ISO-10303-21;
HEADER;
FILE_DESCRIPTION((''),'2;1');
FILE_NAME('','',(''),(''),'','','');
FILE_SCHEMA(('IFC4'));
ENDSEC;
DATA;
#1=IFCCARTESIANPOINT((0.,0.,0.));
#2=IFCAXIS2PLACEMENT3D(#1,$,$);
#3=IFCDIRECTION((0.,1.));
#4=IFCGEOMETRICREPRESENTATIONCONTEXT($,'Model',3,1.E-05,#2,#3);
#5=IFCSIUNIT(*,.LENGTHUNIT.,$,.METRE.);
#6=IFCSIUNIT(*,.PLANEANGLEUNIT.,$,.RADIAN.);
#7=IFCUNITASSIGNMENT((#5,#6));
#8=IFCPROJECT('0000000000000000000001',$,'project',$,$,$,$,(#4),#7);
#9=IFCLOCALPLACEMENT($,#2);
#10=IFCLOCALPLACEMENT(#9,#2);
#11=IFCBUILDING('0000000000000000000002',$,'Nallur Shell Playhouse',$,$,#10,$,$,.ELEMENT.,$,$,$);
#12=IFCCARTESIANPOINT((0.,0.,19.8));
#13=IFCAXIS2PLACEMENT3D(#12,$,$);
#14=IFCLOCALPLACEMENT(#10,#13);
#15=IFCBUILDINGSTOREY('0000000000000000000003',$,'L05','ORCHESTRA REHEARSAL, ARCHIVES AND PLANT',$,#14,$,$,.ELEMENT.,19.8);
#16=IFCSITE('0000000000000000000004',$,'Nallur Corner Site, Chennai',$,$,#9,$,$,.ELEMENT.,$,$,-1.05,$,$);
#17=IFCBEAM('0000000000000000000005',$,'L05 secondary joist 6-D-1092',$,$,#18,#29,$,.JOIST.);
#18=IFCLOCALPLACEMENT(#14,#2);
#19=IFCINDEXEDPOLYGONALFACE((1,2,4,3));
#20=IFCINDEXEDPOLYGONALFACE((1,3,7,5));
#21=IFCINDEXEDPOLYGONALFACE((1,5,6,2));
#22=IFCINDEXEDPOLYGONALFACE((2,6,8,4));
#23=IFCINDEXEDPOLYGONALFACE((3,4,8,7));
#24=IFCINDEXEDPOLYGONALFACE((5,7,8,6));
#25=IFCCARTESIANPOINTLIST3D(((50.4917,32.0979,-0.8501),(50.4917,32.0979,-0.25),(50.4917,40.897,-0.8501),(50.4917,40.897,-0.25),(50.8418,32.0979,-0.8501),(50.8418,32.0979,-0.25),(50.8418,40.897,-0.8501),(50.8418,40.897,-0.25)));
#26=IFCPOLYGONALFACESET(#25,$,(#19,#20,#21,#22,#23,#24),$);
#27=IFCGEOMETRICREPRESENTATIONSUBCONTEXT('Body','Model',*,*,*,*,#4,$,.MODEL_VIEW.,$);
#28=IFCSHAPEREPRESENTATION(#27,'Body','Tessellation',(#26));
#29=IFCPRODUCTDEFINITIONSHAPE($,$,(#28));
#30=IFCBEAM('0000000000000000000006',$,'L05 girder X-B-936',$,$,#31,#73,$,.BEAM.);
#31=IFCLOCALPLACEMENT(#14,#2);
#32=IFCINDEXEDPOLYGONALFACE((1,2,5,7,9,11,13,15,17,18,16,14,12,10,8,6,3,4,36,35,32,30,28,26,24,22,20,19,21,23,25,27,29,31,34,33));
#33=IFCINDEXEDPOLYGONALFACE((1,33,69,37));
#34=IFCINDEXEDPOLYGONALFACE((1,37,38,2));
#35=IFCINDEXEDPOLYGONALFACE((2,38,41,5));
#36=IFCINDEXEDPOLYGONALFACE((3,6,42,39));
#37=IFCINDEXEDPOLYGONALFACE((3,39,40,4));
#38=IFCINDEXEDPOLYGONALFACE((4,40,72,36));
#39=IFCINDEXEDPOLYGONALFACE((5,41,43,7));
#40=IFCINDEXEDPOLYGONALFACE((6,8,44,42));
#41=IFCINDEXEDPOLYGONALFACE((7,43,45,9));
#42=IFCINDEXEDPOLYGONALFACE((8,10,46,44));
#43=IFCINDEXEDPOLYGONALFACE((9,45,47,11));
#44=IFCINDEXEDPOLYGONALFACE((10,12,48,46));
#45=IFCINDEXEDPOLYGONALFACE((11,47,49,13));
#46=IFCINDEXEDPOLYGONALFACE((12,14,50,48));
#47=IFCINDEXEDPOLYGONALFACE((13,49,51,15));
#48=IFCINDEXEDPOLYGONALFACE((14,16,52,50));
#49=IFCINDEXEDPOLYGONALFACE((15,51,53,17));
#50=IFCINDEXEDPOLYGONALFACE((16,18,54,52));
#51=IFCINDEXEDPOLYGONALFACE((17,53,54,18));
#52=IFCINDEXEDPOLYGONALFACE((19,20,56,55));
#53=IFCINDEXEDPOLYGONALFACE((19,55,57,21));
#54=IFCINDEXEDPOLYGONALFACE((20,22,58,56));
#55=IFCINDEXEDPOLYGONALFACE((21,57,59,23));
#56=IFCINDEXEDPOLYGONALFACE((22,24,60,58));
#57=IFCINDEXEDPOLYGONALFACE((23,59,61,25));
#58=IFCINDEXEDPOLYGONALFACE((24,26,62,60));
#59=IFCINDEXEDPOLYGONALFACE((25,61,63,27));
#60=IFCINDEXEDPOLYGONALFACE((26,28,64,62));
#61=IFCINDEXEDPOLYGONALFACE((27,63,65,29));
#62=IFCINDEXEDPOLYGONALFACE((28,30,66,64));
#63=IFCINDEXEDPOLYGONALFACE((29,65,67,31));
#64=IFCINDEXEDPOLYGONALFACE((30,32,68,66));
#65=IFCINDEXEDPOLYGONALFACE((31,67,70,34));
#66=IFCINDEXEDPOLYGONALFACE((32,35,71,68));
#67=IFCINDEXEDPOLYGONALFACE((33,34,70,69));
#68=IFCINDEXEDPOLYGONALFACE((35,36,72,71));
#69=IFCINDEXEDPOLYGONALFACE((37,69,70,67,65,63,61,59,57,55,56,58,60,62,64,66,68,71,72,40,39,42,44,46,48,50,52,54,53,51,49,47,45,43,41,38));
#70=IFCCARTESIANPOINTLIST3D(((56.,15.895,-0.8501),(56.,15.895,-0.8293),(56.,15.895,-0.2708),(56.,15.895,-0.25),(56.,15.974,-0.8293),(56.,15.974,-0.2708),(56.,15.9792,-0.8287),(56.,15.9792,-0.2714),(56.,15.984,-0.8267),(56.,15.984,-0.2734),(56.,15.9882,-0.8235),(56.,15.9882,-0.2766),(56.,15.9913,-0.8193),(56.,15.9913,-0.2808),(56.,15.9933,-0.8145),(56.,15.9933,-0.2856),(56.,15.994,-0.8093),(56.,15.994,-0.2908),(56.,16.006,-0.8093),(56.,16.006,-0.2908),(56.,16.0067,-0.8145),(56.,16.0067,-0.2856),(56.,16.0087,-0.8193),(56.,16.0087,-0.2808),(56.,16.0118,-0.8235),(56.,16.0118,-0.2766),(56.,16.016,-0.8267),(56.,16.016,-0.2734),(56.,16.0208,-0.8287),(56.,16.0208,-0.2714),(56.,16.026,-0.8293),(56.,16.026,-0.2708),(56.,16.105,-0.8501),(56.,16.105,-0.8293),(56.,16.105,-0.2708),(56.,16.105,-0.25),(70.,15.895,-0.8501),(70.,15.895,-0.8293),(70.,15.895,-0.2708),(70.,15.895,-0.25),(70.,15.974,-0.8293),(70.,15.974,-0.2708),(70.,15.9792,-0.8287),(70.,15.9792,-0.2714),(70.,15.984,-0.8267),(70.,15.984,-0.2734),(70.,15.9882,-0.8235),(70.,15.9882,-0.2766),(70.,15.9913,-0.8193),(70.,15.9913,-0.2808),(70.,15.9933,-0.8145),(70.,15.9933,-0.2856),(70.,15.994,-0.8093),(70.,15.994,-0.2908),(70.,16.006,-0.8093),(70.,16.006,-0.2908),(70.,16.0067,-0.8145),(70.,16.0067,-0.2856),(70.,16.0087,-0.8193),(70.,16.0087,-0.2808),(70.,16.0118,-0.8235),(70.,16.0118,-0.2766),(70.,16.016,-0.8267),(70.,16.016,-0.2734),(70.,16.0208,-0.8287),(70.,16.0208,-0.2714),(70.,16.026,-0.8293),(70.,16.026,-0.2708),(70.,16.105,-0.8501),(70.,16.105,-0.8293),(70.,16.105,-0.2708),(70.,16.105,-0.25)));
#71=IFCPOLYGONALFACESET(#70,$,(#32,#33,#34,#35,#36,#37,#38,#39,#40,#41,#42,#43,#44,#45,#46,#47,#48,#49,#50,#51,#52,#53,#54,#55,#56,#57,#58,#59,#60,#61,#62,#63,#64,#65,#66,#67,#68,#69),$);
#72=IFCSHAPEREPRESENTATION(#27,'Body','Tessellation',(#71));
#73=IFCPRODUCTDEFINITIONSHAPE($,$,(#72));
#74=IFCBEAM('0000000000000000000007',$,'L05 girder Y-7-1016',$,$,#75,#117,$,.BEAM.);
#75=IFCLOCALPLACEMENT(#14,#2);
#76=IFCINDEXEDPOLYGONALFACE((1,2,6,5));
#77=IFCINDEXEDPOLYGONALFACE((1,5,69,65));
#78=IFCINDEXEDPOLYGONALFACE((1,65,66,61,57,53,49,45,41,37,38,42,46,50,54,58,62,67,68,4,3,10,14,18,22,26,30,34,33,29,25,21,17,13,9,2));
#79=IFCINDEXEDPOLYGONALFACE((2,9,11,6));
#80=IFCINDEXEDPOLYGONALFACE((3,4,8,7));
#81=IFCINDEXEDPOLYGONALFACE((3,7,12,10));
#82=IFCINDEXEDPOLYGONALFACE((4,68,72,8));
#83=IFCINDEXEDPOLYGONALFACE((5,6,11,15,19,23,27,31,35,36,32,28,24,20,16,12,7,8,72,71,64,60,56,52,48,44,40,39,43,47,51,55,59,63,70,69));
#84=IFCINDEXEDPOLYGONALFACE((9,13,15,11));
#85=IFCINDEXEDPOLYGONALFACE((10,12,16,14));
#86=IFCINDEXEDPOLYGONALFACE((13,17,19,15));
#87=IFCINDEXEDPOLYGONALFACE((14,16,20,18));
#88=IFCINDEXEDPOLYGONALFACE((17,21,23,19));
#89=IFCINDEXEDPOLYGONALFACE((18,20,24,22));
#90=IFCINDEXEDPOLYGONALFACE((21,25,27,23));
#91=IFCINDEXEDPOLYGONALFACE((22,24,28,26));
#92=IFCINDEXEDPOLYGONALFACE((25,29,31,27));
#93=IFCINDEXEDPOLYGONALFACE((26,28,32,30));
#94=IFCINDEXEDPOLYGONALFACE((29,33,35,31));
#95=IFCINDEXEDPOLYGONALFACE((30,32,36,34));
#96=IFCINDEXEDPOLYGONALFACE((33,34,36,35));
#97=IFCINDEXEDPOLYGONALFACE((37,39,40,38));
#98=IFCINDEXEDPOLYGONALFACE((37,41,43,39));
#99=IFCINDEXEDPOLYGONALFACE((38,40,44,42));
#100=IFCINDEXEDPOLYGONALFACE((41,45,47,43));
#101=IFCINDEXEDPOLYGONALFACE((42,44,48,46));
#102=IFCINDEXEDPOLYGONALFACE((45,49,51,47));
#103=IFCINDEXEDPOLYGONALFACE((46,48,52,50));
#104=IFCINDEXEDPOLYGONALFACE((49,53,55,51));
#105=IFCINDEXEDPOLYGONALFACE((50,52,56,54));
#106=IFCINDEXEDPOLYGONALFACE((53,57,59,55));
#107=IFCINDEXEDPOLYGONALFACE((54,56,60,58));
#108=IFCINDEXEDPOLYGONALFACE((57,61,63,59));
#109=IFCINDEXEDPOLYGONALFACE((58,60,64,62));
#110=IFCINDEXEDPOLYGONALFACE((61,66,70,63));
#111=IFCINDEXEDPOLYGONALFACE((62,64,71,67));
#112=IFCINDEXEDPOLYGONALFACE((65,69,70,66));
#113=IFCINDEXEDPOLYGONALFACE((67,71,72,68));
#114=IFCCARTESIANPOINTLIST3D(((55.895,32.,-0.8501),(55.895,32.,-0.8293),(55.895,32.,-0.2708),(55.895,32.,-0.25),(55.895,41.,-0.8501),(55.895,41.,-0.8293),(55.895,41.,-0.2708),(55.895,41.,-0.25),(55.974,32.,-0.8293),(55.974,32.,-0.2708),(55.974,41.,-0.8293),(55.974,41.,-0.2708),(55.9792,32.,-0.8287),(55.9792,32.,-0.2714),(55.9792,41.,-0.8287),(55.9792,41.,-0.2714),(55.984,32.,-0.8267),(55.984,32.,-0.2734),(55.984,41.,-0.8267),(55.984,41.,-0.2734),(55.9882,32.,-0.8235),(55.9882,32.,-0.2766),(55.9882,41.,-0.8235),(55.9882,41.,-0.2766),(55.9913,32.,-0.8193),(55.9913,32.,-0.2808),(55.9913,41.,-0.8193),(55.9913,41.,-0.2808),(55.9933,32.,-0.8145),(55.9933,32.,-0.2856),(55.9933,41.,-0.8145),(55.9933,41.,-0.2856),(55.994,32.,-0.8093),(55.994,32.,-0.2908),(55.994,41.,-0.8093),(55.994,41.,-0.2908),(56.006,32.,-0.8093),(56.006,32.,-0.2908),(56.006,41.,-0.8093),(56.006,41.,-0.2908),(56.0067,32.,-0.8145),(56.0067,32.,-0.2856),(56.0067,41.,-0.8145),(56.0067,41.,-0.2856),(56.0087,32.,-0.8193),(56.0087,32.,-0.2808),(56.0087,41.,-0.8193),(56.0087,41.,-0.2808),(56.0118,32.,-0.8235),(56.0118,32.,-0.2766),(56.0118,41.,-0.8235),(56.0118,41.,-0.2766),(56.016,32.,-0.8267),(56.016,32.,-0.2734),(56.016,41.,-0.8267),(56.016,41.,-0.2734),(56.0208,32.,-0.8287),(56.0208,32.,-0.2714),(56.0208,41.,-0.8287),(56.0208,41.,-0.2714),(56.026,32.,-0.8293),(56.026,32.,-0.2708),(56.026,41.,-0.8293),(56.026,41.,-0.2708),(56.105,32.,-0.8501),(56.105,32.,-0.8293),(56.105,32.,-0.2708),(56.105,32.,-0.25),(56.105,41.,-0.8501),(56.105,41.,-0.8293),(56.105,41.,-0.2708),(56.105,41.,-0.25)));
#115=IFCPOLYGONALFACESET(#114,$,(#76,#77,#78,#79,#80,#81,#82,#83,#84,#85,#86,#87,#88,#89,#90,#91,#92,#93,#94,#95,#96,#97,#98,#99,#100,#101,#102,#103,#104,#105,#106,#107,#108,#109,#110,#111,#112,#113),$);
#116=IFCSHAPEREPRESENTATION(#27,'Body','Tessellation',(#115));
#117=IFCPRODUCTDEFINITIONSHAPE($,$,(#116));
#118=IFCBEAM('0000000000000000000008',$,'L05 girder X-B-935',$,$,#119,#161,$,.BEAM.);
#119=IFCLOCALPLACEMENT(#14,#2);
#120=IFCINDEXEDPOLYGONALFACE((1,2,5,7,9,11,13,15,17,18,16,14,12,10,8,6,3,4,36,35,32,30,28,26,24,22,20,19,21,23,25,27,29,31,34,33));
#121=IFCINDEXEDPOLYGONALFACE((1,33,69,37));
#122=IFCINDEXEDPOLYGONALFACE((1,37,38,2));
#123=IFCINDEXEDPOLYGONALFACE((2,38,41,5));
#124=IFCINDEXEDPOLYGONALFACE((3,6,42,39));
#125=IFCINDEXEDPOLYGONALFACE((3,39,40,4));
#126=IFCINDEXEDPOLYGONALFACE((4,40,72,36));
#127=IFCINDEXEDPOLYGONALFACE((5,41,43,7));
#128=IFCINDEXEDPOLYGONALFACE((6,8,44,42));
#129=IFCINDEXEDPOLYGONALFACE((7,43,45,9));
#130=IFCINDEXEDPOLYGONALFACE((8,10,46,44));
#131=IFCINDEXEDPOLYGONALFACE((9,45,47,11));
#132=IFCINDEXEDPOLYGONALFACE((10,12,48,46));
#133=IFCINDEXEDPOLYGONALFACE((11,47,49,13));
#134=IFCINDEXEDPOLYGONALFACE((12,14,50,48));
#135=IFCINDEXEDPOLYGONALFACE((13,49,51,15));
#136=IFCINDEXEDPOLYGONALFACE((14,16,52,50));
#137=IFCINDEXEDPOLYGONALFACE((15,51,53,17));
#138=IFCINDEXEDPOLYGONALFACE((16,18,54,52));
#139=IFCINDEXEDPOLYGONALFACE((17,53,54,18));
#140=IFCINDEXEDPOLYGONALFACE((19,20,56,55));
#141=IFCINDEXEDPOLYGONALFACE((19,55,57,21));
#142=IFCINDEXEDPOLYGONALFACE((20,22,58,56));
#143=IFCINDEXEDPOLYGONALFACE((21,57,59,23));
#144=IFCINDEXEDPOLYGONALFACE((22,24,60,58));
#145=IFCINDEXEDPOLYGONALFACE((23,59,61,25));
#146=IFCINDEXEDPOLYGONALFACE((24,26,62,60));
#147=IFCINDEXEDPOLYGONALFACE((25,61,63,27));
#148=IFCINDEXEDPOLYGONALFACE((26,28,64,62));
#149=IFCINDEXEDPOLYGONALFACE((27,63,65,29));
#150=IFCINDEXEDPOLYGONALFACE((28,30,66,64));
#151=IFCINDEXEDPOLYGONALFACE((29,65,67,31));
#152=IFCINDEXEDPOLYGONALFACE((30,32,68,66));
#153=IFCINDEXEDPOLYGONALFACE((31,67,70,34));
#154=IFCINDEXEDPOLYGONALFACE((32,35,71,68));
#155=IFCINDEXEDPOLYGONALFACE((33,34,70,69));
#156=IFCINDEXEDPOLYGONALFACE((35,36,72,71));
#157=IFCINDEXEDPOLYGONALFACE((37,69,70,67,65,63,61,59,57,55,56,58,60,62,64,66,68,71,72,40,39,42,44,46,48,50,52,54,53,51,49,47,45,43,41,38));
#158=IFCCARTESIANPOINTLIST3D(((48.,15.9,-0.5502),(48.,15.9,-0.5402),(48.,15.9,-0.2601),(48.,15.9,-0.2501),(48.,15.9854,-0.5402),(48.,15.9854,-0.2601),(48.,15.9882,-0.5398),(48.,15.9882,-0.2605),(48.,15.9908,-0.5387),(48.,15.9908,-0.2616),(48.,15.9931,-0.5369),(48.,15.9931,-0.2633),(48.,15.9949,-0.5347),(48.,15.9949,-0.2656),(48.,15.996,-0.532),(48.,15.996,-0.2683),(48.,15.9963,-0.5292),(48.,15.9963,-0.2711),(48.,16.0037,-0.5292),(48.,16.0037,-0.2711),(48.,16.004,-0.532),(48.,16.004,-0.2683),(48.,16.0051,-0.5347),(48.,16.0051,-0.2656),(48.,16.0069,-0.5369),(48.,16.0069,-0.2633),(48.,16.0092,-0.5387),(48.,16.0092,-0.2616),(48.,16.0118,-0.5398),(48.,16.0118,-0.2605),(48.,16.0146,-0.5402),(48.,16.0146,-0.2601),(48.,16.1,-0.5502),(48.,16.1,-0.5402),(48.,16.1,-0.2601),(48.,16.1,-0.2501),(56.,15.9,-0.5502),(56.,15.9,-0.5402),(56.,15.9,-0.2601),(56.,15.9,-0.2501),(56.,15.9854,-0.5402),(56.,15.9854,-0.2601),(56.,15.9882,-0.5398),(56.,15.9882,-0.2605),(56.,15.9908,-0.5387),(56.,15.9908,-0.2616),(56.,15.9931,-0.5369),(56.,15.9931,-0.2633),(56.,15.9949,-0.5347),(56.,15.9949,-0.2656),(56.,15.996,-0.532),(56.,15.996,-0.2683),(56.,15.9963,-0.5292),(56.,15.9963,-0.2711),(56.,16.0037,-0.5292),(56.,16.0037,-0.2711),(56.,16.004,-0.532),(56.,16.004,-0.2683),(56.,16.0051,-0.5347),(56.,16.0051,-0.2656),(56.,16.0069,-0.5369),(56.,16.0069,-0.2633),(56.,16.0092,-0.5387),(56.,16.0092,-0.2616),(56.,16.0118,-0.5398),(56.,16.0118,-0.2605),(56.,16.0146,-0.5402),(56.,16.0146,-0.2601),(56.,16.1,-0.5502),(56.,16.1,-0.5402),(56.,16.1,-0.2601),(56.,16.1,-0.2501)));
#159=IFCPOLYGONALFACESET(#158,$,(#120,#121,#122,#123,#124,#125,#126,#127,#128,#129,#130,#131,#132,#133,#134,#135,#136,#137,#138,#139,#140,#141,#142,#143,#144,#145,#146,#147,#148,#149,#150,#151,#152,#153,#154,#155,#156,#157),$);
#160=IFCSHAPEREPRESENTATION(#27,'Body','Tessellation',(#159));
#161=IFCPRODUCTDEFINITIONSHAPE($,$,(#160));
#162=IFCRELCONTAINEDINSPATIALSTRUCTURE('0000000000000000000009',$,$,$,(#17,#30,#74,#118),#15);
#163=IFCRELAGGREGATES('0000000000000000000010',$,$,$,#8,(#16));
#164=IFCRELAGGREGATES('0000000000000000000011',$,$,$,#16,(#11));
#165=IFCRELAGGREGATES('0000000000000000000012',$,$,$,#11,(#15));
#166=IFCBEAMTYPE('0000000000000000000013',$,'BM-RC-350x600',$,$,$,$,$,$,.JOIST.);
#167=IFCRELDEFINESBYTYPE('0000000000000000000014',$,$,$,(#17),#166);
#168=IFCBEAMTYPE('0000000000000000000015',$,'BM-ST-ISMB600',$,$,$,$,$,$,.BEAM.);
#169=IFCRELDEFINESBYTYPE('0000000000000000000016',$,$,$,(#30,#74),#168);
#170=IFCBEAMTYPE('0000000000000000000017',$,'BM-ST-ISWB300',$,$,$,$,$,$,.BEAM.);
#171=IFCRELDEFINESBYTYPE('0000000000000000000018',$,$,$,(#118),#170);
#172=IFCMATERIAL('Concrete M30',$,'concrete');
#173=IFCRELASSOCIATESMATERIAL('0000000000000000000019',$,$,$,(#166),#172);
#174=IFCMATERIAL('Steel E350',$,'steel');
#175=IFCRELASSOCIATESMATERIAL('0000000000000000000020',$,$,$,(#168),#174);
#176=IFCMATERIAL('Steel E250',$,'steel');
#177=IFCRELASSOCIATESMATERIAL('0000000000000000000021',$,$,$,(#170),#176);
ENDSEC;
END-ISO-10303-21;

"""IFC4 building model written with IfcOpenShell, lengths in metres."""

from ifc_helpers import new_model, si_unit, direction, frame, origin, origin_2d, place, context, subcontext, project, spatial, rectangle, i_section, extrude, material, material_profile, profile_set, type_object, element, save


model = new_model("IFC4")

# Units and contexts
model_context = context("Model", 3, precision=1e-05, world=origin(), true_north=direction((0.0, 1.0)))
body_context = subcontext(model_context, "Body", "Model", "MODEL_VIEW")
ifc_project = project(units=[si_unit("LENGTHUNIT", "METRE"), si_unit("PLANEANGLEUNIT", "RADIAN")], contexts=[model_context])

# Site, building, storey
site_placement = place(None, origin())
site = spatial("IfcSite", under=ifc_project, at=site_placement, Name="Nallur Corner Site, Chennai", CompositionType="ELEMENT", RefElevation=-1.05)
building_placement = place(site_placement, origin())
building = spatial("IfcBuilding", under=site, at=building_placement, Name="Nallur Shell Playhouse", CompositionType="ELEMENT")
storey_placement = place(building_placement, frame((0.0, 0.0, 19.8)))
storey = spatial("IfcBuildingStorey", under=building, at=storey_placement, Name="L05", Description="ORCHESTRA REHEARSAL, ARCHIVES AND PLANT", CompositionType="ELEMENT", Elevation=19.8)

# Beams
ifc_material_1 = material(Name="Steel E250", Category="steel")
ifc_material_2 = material(Name="Concrete M30", Category="concrete")
ifc_material_profile_1 = material_profile(ifc_material_2, rectangle(XDim=0.3501, YDim=0.6001, at=origin_2d()), Name="RC 350x600")
ifc_profile_set_1 = profile_set([ifc_material_profile_1], Name="Concrete M30")
beam_type_1 = type_object("IfcBeamType", Name="BM-RC-350x600", PredefinedType="JOIST", material=ifc_profile_set_1)
beam_1_placement = place(storey_placement, frame((50.6667, 32.0979, -0.55), z_axis=(0.0, 1.0, 0.0), x_axis=(-1.0, 0.0, 0.0)))
element("IfcBeam", 1, at=beam_1_placement, inside=storey, type_object=beam_type_1, Name="L05 secondary joist 6-D-1092", PredefinedType="JOIST", context=body_context, shape_type="SweptSolid", body=[
    extrude(rectangle(XDim=0.3501, YDim=0.6001, at=origin_2d()), origin(), (0.0, 0.0, 1.0), 8.7991),
])
ifc_material_3 = material(Name="Steel E350", Category="steel")
ifc_material_profile_2 = material_profile(ifc_material_3, i_section(OverallWidth=0.21, OverallDepth=0.6001, WebThickness=0.012, FlangeThickness=0.0208, FilletRadius=0.02, at=origin_2d()), Name="ISMB 600")
ifc_profile_set_2 = profile_set([ifc_material_profile_2], Name="Steel E350")
beam_type_2 = type_object("IfcBeamType", Name="BM-ST-ISMB600", PredefinedType="BEAM", material=ifc_profile_set_2)
beam_2_placement = place(storey_placement, frame((56.0, 16.0, -0.55), z_axis=(1.0, 0.0, 0.0), x_axis=(0.0, 1.0, 0.0)))
element("IfcBeam", 2, at=beam_2_placement, inside=storey, type_object=beam_type_2, Name="L05 girder X-B-936", PredefinedType="BEAM", context=body_context, shape_type="SweptSolid", body=[
    extrude(i_section(OverallWidth=0.21, OverallDepth=0.6001, WebThickness=0.012, FlangeThickness=0.0208, FilletRadius=0.02, at=origin_2d()), origin(), (0.0, 0.0, 1.0), 14.0),
])
beam_3_placement = place(storey_placement, frame((56.0, 32.0, -0.55), z_axis=(0.0, 1.0, 0.0), x_axis=(-1.0, 0.0, 0.0)))
element("IfcBeam", 3, at=beam_3_placement, inside=storey, type_object=beam_type_2, Name="L05 girder Y-7-1016", PredefinedType="BEAM", context=body_context, shape_type="SweptSolid", body=[
    extrude(i_section(OverallWidth=0.21, OverallDepth=0.6001, WebThickness=0.012, FlangeThickness=0.0208, FilletRadius=0.02, at=origin_2d()), origin(), (0.0, 0.0, 1.0), 9.0),
])
ifc_material_profile_3 = material_profile(ifc_material_1, i_section(OverallWidth=0.2, OverallDepth=0.3, WebThickness=0.0073, FlangeThickness=0.01, FilletRadius=0.011, at=origin_2d()), Name="ISWB 300")
ifc_profile_set_3 = profile_set([ifc_material_profile_3], Name="Steel E250")
beam_type_3 = type_object("IfcBeamType", Name="BM-ST-ISWB300", PredefinedType="BEAM", material=ifc_profile_set_3)
for number, where, z_axis, x_axis, name in (
    (4, (48.0, 16.0, -0.4001), (1.0, 0.0, 0.0), (0.0, 1.0, 0.0), "L05 girder X-B-935"),
):
    element("IfcBeam", number, at=place(storey_placement, frame(where, z_axis=z_axis, x_axis=x_axis)), inside=storey, type_object=beam_type_3, Name=name, PredefinedType="BEAM", context=body_context, shape_type="SweptSolid", body=[
        extrude(i_section(OverallWidth=0.2, OverallDepth=0.3, WebThickness=0.0073, FlangeThickness=0.01, FilletRadius=0.011, at=origin_2d()), origin(), (0.0, 0.0, 1.0), 8.0),
    ])

save(model, "model.ifc")
